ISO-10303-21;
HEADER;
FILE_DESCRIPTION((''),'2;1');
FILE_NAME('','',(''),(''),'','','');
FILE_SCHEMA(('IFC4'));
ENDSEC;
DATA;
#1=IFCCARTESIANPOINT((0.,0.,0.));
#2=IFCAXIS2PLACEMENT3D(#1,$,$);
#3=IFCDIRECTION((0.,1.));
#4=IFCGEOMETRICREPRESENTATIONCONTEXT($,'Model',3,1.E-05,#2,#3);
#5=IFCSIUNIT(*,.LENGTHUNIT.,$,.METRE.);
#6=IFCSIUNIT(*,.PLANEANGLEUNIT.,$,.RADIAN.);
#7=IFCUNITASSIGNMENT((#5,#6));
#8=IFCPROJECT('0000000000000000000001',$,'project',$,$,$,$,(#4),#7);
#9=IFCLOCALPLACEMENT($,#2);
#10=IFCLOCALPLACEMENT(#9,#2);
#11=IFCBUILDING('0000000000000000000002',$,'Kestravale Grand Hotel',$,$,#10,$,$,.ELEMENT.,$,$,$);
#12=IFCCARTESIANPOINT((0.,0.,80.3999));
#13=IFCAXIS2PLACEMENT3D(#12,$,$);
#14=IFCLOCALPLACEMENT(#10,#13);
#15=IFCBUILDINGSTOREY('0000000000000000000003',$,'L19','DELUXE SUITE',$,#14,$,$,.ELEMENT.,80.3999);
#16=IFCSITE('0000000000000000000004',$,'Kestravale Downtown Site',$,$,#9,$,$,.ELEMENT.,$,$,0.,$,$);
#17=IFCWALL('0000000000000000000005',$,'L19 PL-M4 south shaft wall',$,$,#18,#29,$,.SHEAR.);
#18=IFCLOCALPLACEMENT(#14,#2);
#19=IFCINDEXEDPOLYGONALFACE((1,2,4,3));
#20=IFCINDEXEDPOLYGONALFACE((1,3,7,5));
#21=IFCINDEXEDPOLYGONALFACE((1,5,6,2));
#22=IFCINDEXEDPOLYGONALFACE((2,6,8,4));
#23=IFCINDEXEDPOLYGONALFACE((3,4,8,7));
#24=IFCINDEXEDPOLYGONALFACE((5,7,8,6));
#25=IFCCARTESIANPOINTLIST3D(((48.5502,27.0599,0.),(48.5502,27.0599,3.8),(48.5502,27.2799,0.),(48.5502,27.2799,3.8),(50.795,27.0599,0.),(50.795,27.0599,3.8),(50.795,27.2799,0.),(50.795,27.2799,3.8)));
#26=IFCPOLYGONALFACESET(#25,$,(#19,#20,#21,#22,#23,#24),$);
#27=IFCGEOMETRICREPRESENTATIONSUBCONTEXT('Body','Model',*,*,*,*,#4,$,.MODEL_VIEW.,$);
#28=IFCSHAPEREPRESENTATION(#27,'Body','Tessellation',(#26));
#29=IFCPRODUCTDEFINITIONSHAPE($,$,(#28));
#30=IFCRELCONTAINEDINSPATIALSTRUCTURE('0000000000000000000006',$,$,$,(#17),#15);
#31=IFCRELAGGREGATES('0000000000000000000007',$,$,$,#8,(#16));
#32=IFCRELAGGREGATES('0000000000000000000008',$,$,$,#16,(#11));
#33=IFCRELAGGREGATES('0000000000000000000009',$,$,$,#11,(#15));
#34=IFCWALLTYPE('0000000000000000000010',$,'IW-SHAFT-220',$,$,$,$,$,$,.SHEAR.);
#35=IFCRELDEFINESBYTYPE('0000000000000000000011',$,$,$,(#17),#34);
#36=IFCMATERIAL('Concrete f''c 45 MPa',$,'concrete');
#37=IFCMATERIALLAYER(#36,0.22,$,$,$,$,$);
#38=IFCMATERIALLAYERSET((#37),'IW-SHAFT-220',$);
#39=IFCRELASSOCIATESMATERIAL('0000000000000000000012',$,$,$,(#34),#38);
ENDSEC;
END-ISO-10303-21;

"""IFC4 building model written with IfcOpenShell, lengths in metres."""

from ifc_helpers import new_model, si_unit, direction, frame, frame_2d, origin, place, context, subcontext, project, spatial, rectangle, extrude, material, layer, layer_set, type_object, element, save


model = new_model("IFC4")

# Units and contexts
model_context = context("Model", 3, precision=1e-05, world=origin(), true_north=direction((0.0, 1.0)))
body_context = subcontext(model_context, "Body", "Model", "MODEL_VIEW")
ifc_project = project(units=[si_unit("LENGTHUNIT", "METRE"), si_unit("PLANEANGLEUNIT", "RADIAN")], contexts=[model_context])

# Site, building, storey
site_placement = place(None, origin())
site = spatial("IfcSite", under=ifc_project, at=site_placement, Name="Kestravale Downtown Site", CompositionType="ELEMENT", RefElevation=0.0)
building_placement = place(site_placement, origin())
building = spatial("IfcBuilding", under=site, at=building_placement, Name="Kestravale Grand Hotel", CompositionType="ELEMENT")
storey_placement = place(building_placement, frame((0.0, 0.0, 80.3999)))
storey = spatial("IfcBuildingStorey", under=building, at=storey_placement, Name="L19", Description="DELUXE SUITE", CompositionType="ELEMENT", Elevation=80.3999)

# Wall
ifc_material_1 = material(Name="Concrete f'c 45 MPa", Category="concrete")
ifc_layer_1 = layer(ifc_material_1, 0.22)
ifc_layer_set_1 = layer_set([ifc_layer_1], Name="IW-SHAFT-220")
wall_type_1 = type_object("IfcWallType", Name="IW-SHAFT-220", PredefinedType="SHEAR", material=ifc_layer_set_1)
for number, where, z_axis, x_axis, name in (
    (1, (48.55, 27.1699, 0.0), (0.0, 0.0, 1.0), (1.0, 0.0, 0.0), "L19 PL-M4 south shaft wall"),
):
    element("IfcWall", number, at=place(storey_placement, frame(where, z_axis=z_axis, x_axis=x_axis)), inside=storey, type_object=wall_type_1, Name=name, PredefinedType="SHEAR", context=body_context, shape_type="SweptSolid", body=[
        extrude(rectangle(XDim=2.2449, YDim=0.22, at=frame_2d((1.1226, 0.0))), origin(), (0.0, 0.0, 1.0), 3.8),
    ])

save(model, "model.ifc")
